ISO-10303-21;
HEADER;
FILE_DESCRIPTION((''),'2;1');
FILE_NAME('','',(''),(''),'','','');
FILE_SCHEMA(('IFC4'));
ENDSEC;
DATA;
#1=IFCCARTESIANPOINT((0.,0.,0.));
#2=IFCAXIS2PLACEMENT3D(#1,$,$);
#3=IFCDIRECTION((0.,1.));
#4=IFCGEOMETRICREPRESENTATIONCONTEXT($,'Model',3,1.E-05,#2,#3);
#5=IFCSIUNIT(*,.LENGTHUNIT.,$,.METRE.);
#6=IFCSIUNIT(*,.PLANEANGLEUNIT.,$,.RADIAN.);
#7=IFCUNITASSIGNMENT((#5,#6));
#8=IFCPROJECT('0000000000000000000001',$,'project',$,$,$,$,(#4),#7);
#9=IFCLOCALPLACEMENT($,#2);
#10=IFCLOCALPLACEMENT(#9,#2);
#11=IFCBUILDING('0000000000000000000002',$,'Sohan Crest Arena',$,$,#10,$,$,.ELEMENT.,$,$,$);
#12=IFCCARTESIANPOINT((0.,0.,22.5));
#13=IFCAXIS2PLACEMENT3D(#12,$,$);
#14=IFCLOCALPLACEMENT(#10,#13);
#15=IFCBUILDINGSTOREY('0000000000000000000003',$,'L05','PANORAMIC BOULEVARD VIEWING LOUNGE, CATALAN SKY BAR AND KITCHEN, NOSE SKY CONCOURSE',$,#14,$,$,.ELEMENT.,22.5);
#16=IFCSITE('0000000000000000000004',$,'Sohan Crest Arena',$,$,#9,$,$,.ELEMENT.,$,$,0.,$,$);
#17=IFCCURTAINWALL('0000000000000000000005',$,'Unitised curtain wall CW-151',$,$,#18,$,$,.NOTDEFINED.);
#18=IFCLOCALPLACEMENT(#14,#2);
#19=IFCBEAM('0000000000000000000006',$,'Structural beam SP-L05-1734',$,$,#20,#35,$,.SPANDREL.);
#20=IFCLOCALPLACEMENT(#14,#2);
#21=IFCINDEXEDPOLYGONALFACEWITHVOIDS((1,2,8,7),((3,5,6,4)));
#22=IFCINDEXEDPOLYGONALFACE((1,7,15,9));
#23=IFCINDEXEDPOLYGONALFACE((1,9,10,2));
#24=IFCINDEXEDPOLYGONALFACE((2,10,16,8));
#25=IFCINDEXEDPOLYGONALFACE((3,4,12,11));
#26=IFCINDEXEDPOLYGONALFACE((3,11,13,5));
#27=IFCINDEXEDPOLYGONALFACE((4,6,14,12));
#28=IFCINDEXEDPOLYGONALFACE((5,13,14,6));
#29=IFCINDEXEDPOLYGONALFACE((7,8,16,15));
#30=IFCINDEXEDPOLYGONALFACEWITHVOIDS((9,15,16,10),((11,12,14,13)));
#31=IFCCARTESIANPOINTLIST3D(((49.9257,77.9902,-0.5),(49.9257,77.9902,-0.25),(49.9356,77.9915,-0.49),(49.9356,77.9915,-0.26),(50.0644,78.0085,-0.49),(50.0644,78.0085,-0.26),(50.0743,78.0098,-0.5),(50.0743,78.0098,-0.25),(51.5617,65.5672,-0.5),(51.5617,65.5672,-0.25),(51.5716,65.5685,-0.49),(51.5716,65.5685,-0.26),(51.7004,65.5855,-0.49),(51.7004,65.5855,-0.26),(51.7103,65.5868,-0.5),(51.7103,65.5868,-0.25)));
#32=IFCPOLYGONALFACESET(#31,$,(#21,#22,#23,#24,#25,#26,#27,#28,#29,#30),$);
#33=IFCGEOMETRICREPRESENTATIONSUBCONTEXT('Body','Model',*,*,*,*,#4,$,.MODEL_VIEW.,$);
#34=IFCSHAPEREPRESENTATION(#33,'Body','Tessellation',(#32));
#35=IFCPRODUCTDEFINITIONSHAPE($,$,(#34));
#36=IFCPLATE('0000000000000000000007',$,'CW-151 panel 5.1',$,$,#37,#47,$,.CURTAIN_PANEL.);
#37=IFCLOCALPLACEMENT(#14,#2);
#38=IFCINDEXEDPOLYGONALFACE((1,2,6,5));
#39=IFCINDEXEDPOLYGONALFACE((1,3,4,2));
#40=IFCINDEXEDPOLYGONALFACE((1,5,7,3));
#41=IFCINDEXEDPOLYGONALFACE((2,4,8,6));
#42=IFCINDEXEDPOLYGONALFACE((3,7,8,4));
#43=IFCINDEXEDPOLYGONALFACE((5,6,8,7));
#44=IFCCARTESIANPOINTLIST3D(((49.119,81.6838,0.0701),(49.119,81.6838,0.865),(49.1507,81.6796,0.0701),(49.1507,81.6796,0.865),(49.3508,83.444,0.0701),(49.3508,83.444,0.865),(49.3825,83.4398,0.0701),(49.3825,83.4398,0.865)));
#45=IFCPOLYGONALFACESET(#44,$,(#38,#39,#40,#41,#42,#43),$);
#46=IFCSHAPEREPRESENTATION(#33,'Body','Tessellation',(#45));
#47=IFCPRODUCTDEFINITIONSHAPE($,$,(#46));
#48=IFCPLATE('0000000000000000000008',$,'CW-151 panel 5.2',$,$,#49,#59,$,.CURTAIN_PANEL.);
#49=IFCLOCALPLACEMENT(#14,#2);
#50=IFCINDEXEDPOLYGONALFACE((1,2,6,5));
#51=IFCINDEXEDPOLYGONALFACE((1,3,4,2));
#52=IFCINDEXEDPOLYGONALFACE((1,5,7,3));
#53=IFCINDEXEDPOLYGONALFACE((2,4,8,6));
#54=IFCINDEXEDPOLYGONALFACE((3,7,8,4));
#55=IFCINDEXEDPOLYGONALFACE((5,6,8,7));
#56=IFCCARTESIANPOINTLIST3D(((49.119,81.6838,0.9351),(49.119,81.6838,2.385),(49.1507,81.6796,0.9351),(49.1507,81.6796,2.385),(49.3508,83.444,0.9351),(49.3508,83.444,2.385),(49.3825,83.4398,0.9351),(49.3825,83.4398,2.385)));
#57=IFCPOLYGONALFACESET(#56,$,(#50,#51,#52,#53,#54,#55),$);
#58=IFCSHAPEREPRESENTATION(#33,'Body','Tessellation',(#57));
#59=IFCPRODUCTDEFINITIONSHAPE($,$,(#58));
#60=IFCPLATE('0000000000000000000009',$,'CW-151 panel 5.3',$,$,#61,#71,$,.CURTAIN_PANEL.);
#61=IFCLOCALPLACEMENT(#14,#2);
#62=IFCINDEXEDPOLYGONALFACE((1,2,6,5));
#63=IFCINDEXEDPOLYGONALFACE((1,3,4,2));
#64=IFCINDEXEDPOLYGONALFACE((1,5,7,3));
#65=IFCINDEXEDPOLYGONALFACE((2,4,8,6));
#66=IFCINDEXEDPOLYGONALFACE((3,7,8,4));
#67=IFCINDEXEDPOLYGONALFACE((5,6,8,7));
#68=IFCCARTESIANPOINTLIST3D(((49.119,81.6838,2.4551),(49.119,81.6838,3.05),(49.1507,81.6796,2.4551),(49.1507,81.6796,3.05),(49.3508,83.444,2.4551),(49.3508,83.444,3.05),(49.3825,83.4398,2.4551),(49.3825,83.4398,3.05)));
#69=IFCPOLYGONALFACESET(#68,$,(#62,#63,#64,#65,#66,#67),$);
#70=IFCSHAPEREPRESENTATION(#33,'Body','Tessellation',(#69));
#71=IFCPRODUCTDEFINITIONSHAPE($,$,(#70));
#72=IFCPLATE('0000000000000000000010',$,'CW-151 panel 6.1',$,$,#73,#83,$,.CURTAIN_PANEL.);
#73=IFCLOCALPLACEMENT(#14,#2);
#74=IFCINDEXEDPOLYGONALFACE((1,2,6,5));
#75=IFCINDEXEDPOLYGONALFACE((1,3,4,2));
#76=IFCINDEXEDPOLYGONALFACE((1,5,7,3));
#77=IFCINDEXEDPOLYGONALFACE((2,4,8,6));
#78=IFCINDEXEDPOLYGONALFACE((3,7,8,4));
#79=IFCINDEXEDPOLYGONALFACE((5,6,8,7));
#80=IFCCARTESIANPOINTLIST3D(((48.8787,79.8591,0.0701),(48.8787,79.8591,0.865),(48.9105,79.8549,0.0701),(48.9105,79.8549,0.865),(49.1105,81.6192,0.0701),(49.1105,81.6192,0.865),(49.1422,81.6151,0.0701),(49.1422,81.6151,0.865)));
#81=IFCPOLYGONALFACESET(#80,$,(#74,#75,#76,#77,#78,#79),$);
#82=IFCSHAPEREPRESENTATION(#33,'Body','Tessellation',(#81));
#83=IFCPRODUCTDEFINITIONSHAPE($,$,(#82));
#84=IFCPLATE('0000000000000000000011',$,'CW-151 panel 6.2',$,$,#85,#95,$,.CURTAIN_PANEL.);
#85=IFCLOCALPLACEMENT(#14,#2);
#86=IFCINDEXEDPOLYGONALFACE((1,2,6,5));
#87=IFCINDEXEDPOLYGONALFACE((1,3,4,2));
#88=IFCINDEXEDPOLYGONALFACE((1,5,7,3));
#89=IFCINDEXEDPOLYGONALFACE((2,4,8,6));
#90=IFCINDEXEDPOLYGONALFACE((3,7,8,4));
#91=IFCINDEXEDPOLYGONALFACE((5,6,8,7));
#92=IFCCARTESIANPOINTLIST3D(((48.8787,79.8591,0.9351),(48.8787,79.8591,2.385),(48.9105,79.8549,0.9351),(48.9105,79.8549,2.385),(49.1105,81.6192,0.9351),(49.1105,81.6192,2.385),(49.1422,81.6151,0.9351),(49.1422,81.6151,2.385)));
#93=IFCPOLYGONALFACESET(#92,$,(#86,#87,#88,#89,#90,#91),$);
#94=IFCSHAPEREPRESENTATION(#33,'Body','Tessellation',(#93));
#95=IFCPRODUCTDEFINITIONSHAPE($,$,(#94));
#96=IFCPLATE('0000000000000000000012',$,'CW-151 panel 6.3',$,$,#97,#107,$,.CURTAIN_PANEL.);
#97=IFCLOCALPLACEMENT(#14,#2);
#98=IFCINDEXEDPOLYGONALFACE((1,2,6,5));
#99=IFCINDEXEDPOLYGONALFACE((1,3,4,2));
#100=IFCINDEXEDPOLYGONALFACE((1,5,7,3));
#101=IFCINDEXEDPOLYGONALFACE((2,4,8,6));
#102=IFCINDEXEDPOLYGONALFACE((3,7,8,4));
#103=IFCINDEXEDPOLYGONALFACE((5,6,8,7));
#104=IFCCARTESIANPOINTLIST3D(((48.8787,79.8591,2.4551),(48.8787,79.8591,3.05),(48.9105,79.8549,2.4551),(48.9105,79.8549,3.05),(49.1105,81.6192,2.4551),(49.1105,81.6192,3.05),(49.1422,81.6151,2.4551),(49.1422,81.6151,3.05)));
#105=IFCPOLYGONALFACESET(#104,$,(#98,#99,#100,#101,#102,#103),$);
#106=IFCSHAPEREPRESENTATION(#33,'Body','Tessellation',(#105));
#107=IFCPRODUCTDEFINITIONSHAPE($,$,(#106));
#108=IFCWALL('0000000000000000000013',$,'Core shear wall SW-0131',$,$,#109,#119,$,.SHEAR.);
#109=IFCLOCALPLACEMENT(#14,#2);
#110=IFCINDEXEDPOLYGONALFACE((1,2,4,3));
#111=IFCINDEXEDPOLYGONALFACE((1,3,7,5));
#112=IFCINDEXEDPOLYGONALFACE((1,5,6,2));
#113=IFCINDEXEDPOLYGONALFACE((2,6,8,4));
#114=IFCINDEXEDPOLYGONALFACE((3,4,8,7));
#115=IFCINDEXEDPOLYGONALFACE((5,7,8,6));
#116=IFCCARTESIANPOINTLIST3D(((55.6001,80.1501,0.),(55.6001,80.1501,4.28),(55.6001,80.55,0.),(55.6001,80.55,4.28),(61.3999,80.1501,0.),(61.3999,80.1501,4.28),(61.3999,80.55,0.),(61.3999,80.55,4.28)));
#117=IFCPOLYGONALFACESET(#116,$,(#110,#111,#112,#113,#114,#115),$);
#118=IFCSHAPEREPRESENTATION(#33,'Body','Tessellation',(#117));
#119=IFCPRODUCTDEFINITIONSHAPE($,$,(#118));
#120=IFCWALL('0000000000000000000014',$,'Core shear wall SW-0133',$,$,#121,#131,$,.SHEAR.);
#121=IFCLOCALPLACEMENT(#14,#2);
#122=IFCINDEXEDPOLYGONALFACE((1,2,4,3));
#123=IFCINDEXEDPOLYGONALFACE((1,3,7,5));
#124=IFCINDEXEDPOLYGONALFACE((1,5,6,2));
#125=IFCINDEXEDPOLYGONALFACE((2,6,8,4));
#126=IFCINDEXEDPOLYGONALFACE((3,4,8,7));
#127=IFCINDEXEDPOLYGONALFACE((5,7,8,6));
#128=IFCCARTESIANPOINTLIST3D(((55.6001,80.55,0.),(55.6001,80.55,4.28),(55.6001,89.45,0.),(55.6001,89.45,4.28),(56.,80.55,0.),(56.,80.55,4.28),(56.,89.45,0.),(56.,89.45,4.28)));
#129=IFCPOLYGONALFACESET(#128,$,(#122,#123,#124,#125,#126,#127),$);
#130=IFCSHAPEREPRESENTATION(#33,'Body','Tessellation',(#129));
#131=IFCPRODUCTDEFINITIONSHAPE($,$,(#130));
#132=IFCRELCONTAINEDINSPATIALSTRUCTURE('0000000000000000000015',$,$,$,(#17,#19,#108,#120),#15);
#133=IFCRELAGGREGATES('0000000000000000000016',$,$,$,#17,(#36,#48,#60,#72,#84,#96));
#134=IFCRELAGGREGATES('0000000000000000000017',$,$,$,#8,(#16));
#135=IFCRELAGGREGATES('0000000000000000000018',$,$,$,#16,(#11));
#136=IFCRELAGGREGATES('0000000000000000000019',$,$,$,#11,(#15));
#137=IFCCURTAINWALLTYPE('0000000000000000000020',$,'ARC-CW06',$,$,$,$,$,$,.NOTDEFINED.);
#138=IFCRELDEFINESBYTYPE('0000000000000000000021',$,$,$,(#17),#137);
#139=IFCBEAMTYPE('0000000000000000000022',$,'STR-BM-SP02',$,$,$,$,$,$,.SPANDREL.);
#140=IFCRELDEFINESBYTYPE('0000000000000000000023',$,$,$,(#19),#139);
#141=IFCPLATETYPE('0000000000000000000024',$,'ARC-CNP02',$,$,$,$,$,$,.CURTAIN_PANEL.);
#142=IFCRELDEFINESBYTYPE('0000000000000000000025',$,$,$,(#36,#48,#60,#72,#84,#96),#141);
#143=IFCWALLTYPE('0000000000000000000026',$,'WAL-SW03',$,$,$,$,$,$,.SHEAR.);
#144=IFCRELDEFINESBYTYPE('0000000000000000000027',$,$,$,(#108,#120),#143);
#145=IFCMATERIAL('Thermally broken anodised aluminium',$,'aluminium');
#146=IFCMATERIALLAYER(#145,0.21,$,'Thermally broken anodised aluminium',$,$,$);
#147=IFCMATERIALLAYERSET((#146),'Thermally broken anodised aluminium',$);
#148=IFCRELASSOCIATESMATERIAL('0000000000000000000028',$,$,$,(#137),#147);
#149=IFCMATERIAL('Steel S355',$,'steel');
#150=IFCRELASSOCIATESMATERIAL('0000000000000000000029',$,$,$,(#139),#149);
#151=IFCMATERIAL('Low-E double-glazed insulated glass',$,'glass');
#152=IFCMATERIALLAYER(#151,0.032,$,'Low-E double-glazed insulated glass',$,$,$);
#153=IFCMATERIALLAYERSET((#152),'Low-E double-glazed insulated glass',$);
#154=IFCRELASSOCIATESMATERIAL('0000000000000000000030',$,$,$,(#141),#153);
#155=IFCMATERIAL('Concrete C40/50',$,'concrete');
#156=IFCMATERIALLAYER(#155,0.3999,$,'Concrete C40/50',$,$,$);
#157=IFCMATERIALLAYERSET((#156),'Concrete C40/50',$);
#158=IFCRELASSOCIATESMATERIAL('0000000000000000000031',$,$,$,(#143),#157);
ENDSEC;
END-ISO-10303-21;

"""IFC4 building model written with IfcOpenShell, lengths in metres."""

from ifc_helpers import new_model, si_unit, direction, frame, frame_2d, origin, origin_2d, place, context, subcontext, project, spatial, rectangle, hollow_rectangle, extrude, material, layer, layer_set, material_profile, profile_set, type_object, element, aggregate, save


model = new_model("IFC4")

# Units and contexts
model_context = context("Model", 3, precision=1e-05, world=origin(), true_north=direction((0.0, 1.0)))
body_context = subcontext(model_context, "Body", "Model", "MODEL_VIEW")
ifc_project = project(units=[si_unit("LENGTHUNIT", "METRE"), si_unit("PLANEANGLEUNIT", "RADIAN")], contexts=[model_context])

# Site, building, storey
site_placement = place(None, origin())
site = spatial("IfcSite", under=ifc_project, at=site_placement, Name="Sohan Crest Arena", CompositionType="ELEMENT", RefElevation=0.0)
building_placement = place(site_placement, origin())
building = spatial("IfcBuilding", under=site, at=building_placement, Name="Sohan Crest Arena", CompositionType="ELEMENT")
storey_placement = place(building_placement, frame((0.0, 0.0, 22.5)))
storey = spatial("IfcBuildingStorey", under=building, at=storey_placement, Name="L05", Description="PANORAMIC BOULEVARD VIEWING LOUNGE, CATALAN SKY BAR AND KITCHEN, NOSE SKY CONCOURSE", CompositionType="ELEMENT", Elevation=22.5)

# Shared definitions
ifc_material_1 = material(Name="Steel S355", Category="steel")

# Curtain wall
ifc_material_2 = material(Name="Thermally broken anodised aluminium", Category="aluminium")
ifc_layer_1 = layer(ifc_material_2, 0.21, Name="Thermally broken anodised aluminium")
ifc_layer_set_1 = layer_set([ifc_layer_1], Name="Thermally broken anodised aluminium")
curtain_wall_type_1 = type_object("IfcCurtainWallType", Name="ARC-CW06", PredefinedType="NOTDEFINED", material=ifc_layer_set_1)
curtain_wall_1_placement = place(storey_placement, origin())
curtain_wall_1 = element("IfcCurtainWall", 1, at=curtain_wall_1_placement, inside=storey, type_object=curtain_wall_type_1, Name="Unitised curtain wall CW-151", PredefinedType="NOTDEFINED")

# Beam
ifc_material_profile_1 = material_profile(ifc_material_1, hollow_rectangle(XDim=0.1499, YDim=0.25, WallThickness=0.01, at=origin_2d()), Name="RHS 250x150x10")
ifc_profile_set_1 = profile_set([ifc_material_profile_1], Name="Steel S355")
beam_type = type_object("IfcBeamType", Name="STR-BM-SP02", PredefinedType="SPANDREL", material=ifc_profile_set_1)
beam_placement = place(storey_placement, frame((50.0, 78.0, -0.375), z_axis=(0.130562, -0.99144, 0.0), x_axis=(0.99144, 0.130562, 0.0)))
element("IfcBeam", 2, at=beam_placement, inside=storey, type_object=beam_type, Name="Structural beam SP-L05-1734", PredefinedType="SPANDREL", context=body_context, shape_type="SweptSolid", body=[
    extrude(hollow_rectangle(XDim=0.1499, YDim=0.25, WallThickness=0.01, at=origin_2d()), origin(), (0.0, 0.0, 1.0), 12.5303),
])

# Plates
ifc_material_3 = material(Name="Low-E double-glazed insulated glass", Category="glass")
ifc_layer_2 = layer(ifc_material_3, 0.032, Name="Low-E double-glazed insulated glass")
ifc_layer_set_2 = layer_set([ifc_layer_2], Name="Low-E double-glazed insulated glass")
plate_type = type_object("IfcPlateType", Name="ARC-CNP02", PredefinedType="CURTAIN_PANEL", material=ifc_layer_set_2)
plate_1_placement = place(storey_placement, frame((49.2507, 82.5618, 0.0701), z_axis=(0.0, 0.0, 1.0), x_axis=(-0.130557, -0.991441, 0.0)))
plate_1 = element("IfcPlate", 3, at=plate_1_placement, type_object=plate_type, Name="CW-151 panel 5.1", PredefinedType="CURTAIN_PANEL", context=body_context, shape_type="SweptSolid", body=[
    extrude(rectangle(XDim=1.7754, YDim=0.032, at=origin_2d()), origin(), (0.0, 0.0, 1.0), 0.7949),
])
plate_2_placement = place(storey_placement, frame((49.2507, 82.5618, 0.9351), z_axis=(0.0, 0.0, 1.0), x_axis=(-0.130557, -0.991441, 0.0)))
plate_2 = element("IfcPlate", 4, at=plate_2_placement, type_object=plate_type, Name="CW-151 panel 5.2", PredefinedType="CURTAIN_PANEL", context=body_context, shape_type="SweptSolid", body=[
    extrude(rectangle(XDim=1.7754, YDim=0.032, at=origin_2d()), origin(), (0.0, 0.0, 1.0), 1.45),
])
plate_3_placement = place(storey_placement, frame((49.2507, 82.5618, 2.4551), z_axis=(0.0, 0.0, 1.0), x_axis=(-0.130557, -0.991441, 0.0)))
plate_3 = element("IfcPlate", 5, at=plate_3_placement, type_object=plate_type, Name="CW-151 panel 5.3", PredefinedType="CURTAIN_PANEL", context=body_context, shape_type="SweptSolid", body=[
    extrude(rectangle(XDim=1.7754, YDim=0.032, at=origin_2d()), origin(), (0.0, 0.0, 1.0), 0.595),
])
plate_4_placement = place(storey_placement, frame((49.0105, 80.7371, 0.0701), z_axis=(0.0, 0.0, 1.0), x_axis=(-0.130557, -0.991441, 0.0)))
plate_4 = element("IfcPlate", 6, at=plate_4_placement, type_object=plate_type, Name="CW-151 panel 6.1", PredefinedType="CURTAIN_PANEL", context=body_context, shape_type="SweptSolid", body=[
    extrude(rectangle(XDim=1.7754, YDim=0.032, at=origin_2d()), origin(), (0.0, 0.0, 1.0), 0.7949),
])
plate_5_placement = place(storey_placement, frame((49.0105, 80.7371, 0.9351), z_axis=(0.0, 0.0, 1.0), x_axis=(-0.130557, -0.991441, 0.0)))
plate_5 = element("IfcPlate", 7, at=plate_5_placement, type_object=plate_type, Name="CW-151 panel 6.2", PredefinedType="CURTAIN_PANEL", context=body_context, shape_type="SweptSolid", body=[
    extrude(rectangle(XDim=1.7754, YDim=0.032, at=origin_2d()), origin(), (0.0, 0.0, 1.0), 1.45),
])
plate_6_placement = place(storey_placement, frame((49.0105, 80.7371, 2.4551), z_axis=(0.0, 0.0, 1.0), x_axis=(-0.130557, -0.991441, 0.0)))
plate_6 = element("IfcPlate", 8, at=plate_6_placement, type_object=plate_type, Name="CW-151 panel 6.3", PredefinedType="CURTAIN_PANEL", context=body_context, shape_type="SweptSolid", body=[
    extrude(rectangle(XDim=1.7754, YDim=0.032, at=origin_2d()), origin(), (0.0, 0.0, 1.0), 0.595),
])
aggregate(curtain_wall_1, [plate_1, plate_2, plate_3, plate_4, plate_5, plate_6])

# Walls
ifc_material_4 = material(Name="Concrete C40/50", Category="concrete")
ifc_layer_3 = layer(ifc_material_4, 0.3999, Name="Concrete C40/50")
ifc_layer_set_3 = layer_set([ifc_layer_3], Name="Concrete C40/50")
wall_type = type_object("IfcWallType", Name="WAL-SW03", PredefinedType="SHEAR", material=ifc_layer_set_3)
wall_1_placement = place(storey_placement, frame((55.6001, 80.3501, 0.0), z_axis=(0.0, 0.0, 1.0), x_axis=(1.0, 0.0, 0.0)))
element("IfcWall", 9, at=wall_1_placement, inside=storey, type_object=wall_type, Name="Core shear wall SW-0131", PredefinedType="SHEAR", context=body_context, shape_type="SweptSolid", body=[
    extrude(rectangle(XDim=5.7998, YDim=0.3999, at=frame_2d((2.8999, 0.0))), origin(), (0.0, 0.0, 1.0), 4.28),
])
wall_2_placement = place(storey_placement, frame((55.8, 80.55, 0.0), z_axis=(0.0, 0.0, 1.0), x_axis=(0.0, 1.0, 0.0)))
element("IfcWall", 10, at=wall_2_placement, inside=storey, type_object=wall_type, Name="Core shear wall SW-0133", PredefinedType="SHEAR", context=body_context, shape_type="SweptSolid", body=[
    extrude(rectangle(XDim=8.8999, YDim=0.3999, at=frame_2d((4.45, 0.0))), origin(), (0.0, 0.0, 1.0), 4.28),
])

save(model, "model.ifc")
